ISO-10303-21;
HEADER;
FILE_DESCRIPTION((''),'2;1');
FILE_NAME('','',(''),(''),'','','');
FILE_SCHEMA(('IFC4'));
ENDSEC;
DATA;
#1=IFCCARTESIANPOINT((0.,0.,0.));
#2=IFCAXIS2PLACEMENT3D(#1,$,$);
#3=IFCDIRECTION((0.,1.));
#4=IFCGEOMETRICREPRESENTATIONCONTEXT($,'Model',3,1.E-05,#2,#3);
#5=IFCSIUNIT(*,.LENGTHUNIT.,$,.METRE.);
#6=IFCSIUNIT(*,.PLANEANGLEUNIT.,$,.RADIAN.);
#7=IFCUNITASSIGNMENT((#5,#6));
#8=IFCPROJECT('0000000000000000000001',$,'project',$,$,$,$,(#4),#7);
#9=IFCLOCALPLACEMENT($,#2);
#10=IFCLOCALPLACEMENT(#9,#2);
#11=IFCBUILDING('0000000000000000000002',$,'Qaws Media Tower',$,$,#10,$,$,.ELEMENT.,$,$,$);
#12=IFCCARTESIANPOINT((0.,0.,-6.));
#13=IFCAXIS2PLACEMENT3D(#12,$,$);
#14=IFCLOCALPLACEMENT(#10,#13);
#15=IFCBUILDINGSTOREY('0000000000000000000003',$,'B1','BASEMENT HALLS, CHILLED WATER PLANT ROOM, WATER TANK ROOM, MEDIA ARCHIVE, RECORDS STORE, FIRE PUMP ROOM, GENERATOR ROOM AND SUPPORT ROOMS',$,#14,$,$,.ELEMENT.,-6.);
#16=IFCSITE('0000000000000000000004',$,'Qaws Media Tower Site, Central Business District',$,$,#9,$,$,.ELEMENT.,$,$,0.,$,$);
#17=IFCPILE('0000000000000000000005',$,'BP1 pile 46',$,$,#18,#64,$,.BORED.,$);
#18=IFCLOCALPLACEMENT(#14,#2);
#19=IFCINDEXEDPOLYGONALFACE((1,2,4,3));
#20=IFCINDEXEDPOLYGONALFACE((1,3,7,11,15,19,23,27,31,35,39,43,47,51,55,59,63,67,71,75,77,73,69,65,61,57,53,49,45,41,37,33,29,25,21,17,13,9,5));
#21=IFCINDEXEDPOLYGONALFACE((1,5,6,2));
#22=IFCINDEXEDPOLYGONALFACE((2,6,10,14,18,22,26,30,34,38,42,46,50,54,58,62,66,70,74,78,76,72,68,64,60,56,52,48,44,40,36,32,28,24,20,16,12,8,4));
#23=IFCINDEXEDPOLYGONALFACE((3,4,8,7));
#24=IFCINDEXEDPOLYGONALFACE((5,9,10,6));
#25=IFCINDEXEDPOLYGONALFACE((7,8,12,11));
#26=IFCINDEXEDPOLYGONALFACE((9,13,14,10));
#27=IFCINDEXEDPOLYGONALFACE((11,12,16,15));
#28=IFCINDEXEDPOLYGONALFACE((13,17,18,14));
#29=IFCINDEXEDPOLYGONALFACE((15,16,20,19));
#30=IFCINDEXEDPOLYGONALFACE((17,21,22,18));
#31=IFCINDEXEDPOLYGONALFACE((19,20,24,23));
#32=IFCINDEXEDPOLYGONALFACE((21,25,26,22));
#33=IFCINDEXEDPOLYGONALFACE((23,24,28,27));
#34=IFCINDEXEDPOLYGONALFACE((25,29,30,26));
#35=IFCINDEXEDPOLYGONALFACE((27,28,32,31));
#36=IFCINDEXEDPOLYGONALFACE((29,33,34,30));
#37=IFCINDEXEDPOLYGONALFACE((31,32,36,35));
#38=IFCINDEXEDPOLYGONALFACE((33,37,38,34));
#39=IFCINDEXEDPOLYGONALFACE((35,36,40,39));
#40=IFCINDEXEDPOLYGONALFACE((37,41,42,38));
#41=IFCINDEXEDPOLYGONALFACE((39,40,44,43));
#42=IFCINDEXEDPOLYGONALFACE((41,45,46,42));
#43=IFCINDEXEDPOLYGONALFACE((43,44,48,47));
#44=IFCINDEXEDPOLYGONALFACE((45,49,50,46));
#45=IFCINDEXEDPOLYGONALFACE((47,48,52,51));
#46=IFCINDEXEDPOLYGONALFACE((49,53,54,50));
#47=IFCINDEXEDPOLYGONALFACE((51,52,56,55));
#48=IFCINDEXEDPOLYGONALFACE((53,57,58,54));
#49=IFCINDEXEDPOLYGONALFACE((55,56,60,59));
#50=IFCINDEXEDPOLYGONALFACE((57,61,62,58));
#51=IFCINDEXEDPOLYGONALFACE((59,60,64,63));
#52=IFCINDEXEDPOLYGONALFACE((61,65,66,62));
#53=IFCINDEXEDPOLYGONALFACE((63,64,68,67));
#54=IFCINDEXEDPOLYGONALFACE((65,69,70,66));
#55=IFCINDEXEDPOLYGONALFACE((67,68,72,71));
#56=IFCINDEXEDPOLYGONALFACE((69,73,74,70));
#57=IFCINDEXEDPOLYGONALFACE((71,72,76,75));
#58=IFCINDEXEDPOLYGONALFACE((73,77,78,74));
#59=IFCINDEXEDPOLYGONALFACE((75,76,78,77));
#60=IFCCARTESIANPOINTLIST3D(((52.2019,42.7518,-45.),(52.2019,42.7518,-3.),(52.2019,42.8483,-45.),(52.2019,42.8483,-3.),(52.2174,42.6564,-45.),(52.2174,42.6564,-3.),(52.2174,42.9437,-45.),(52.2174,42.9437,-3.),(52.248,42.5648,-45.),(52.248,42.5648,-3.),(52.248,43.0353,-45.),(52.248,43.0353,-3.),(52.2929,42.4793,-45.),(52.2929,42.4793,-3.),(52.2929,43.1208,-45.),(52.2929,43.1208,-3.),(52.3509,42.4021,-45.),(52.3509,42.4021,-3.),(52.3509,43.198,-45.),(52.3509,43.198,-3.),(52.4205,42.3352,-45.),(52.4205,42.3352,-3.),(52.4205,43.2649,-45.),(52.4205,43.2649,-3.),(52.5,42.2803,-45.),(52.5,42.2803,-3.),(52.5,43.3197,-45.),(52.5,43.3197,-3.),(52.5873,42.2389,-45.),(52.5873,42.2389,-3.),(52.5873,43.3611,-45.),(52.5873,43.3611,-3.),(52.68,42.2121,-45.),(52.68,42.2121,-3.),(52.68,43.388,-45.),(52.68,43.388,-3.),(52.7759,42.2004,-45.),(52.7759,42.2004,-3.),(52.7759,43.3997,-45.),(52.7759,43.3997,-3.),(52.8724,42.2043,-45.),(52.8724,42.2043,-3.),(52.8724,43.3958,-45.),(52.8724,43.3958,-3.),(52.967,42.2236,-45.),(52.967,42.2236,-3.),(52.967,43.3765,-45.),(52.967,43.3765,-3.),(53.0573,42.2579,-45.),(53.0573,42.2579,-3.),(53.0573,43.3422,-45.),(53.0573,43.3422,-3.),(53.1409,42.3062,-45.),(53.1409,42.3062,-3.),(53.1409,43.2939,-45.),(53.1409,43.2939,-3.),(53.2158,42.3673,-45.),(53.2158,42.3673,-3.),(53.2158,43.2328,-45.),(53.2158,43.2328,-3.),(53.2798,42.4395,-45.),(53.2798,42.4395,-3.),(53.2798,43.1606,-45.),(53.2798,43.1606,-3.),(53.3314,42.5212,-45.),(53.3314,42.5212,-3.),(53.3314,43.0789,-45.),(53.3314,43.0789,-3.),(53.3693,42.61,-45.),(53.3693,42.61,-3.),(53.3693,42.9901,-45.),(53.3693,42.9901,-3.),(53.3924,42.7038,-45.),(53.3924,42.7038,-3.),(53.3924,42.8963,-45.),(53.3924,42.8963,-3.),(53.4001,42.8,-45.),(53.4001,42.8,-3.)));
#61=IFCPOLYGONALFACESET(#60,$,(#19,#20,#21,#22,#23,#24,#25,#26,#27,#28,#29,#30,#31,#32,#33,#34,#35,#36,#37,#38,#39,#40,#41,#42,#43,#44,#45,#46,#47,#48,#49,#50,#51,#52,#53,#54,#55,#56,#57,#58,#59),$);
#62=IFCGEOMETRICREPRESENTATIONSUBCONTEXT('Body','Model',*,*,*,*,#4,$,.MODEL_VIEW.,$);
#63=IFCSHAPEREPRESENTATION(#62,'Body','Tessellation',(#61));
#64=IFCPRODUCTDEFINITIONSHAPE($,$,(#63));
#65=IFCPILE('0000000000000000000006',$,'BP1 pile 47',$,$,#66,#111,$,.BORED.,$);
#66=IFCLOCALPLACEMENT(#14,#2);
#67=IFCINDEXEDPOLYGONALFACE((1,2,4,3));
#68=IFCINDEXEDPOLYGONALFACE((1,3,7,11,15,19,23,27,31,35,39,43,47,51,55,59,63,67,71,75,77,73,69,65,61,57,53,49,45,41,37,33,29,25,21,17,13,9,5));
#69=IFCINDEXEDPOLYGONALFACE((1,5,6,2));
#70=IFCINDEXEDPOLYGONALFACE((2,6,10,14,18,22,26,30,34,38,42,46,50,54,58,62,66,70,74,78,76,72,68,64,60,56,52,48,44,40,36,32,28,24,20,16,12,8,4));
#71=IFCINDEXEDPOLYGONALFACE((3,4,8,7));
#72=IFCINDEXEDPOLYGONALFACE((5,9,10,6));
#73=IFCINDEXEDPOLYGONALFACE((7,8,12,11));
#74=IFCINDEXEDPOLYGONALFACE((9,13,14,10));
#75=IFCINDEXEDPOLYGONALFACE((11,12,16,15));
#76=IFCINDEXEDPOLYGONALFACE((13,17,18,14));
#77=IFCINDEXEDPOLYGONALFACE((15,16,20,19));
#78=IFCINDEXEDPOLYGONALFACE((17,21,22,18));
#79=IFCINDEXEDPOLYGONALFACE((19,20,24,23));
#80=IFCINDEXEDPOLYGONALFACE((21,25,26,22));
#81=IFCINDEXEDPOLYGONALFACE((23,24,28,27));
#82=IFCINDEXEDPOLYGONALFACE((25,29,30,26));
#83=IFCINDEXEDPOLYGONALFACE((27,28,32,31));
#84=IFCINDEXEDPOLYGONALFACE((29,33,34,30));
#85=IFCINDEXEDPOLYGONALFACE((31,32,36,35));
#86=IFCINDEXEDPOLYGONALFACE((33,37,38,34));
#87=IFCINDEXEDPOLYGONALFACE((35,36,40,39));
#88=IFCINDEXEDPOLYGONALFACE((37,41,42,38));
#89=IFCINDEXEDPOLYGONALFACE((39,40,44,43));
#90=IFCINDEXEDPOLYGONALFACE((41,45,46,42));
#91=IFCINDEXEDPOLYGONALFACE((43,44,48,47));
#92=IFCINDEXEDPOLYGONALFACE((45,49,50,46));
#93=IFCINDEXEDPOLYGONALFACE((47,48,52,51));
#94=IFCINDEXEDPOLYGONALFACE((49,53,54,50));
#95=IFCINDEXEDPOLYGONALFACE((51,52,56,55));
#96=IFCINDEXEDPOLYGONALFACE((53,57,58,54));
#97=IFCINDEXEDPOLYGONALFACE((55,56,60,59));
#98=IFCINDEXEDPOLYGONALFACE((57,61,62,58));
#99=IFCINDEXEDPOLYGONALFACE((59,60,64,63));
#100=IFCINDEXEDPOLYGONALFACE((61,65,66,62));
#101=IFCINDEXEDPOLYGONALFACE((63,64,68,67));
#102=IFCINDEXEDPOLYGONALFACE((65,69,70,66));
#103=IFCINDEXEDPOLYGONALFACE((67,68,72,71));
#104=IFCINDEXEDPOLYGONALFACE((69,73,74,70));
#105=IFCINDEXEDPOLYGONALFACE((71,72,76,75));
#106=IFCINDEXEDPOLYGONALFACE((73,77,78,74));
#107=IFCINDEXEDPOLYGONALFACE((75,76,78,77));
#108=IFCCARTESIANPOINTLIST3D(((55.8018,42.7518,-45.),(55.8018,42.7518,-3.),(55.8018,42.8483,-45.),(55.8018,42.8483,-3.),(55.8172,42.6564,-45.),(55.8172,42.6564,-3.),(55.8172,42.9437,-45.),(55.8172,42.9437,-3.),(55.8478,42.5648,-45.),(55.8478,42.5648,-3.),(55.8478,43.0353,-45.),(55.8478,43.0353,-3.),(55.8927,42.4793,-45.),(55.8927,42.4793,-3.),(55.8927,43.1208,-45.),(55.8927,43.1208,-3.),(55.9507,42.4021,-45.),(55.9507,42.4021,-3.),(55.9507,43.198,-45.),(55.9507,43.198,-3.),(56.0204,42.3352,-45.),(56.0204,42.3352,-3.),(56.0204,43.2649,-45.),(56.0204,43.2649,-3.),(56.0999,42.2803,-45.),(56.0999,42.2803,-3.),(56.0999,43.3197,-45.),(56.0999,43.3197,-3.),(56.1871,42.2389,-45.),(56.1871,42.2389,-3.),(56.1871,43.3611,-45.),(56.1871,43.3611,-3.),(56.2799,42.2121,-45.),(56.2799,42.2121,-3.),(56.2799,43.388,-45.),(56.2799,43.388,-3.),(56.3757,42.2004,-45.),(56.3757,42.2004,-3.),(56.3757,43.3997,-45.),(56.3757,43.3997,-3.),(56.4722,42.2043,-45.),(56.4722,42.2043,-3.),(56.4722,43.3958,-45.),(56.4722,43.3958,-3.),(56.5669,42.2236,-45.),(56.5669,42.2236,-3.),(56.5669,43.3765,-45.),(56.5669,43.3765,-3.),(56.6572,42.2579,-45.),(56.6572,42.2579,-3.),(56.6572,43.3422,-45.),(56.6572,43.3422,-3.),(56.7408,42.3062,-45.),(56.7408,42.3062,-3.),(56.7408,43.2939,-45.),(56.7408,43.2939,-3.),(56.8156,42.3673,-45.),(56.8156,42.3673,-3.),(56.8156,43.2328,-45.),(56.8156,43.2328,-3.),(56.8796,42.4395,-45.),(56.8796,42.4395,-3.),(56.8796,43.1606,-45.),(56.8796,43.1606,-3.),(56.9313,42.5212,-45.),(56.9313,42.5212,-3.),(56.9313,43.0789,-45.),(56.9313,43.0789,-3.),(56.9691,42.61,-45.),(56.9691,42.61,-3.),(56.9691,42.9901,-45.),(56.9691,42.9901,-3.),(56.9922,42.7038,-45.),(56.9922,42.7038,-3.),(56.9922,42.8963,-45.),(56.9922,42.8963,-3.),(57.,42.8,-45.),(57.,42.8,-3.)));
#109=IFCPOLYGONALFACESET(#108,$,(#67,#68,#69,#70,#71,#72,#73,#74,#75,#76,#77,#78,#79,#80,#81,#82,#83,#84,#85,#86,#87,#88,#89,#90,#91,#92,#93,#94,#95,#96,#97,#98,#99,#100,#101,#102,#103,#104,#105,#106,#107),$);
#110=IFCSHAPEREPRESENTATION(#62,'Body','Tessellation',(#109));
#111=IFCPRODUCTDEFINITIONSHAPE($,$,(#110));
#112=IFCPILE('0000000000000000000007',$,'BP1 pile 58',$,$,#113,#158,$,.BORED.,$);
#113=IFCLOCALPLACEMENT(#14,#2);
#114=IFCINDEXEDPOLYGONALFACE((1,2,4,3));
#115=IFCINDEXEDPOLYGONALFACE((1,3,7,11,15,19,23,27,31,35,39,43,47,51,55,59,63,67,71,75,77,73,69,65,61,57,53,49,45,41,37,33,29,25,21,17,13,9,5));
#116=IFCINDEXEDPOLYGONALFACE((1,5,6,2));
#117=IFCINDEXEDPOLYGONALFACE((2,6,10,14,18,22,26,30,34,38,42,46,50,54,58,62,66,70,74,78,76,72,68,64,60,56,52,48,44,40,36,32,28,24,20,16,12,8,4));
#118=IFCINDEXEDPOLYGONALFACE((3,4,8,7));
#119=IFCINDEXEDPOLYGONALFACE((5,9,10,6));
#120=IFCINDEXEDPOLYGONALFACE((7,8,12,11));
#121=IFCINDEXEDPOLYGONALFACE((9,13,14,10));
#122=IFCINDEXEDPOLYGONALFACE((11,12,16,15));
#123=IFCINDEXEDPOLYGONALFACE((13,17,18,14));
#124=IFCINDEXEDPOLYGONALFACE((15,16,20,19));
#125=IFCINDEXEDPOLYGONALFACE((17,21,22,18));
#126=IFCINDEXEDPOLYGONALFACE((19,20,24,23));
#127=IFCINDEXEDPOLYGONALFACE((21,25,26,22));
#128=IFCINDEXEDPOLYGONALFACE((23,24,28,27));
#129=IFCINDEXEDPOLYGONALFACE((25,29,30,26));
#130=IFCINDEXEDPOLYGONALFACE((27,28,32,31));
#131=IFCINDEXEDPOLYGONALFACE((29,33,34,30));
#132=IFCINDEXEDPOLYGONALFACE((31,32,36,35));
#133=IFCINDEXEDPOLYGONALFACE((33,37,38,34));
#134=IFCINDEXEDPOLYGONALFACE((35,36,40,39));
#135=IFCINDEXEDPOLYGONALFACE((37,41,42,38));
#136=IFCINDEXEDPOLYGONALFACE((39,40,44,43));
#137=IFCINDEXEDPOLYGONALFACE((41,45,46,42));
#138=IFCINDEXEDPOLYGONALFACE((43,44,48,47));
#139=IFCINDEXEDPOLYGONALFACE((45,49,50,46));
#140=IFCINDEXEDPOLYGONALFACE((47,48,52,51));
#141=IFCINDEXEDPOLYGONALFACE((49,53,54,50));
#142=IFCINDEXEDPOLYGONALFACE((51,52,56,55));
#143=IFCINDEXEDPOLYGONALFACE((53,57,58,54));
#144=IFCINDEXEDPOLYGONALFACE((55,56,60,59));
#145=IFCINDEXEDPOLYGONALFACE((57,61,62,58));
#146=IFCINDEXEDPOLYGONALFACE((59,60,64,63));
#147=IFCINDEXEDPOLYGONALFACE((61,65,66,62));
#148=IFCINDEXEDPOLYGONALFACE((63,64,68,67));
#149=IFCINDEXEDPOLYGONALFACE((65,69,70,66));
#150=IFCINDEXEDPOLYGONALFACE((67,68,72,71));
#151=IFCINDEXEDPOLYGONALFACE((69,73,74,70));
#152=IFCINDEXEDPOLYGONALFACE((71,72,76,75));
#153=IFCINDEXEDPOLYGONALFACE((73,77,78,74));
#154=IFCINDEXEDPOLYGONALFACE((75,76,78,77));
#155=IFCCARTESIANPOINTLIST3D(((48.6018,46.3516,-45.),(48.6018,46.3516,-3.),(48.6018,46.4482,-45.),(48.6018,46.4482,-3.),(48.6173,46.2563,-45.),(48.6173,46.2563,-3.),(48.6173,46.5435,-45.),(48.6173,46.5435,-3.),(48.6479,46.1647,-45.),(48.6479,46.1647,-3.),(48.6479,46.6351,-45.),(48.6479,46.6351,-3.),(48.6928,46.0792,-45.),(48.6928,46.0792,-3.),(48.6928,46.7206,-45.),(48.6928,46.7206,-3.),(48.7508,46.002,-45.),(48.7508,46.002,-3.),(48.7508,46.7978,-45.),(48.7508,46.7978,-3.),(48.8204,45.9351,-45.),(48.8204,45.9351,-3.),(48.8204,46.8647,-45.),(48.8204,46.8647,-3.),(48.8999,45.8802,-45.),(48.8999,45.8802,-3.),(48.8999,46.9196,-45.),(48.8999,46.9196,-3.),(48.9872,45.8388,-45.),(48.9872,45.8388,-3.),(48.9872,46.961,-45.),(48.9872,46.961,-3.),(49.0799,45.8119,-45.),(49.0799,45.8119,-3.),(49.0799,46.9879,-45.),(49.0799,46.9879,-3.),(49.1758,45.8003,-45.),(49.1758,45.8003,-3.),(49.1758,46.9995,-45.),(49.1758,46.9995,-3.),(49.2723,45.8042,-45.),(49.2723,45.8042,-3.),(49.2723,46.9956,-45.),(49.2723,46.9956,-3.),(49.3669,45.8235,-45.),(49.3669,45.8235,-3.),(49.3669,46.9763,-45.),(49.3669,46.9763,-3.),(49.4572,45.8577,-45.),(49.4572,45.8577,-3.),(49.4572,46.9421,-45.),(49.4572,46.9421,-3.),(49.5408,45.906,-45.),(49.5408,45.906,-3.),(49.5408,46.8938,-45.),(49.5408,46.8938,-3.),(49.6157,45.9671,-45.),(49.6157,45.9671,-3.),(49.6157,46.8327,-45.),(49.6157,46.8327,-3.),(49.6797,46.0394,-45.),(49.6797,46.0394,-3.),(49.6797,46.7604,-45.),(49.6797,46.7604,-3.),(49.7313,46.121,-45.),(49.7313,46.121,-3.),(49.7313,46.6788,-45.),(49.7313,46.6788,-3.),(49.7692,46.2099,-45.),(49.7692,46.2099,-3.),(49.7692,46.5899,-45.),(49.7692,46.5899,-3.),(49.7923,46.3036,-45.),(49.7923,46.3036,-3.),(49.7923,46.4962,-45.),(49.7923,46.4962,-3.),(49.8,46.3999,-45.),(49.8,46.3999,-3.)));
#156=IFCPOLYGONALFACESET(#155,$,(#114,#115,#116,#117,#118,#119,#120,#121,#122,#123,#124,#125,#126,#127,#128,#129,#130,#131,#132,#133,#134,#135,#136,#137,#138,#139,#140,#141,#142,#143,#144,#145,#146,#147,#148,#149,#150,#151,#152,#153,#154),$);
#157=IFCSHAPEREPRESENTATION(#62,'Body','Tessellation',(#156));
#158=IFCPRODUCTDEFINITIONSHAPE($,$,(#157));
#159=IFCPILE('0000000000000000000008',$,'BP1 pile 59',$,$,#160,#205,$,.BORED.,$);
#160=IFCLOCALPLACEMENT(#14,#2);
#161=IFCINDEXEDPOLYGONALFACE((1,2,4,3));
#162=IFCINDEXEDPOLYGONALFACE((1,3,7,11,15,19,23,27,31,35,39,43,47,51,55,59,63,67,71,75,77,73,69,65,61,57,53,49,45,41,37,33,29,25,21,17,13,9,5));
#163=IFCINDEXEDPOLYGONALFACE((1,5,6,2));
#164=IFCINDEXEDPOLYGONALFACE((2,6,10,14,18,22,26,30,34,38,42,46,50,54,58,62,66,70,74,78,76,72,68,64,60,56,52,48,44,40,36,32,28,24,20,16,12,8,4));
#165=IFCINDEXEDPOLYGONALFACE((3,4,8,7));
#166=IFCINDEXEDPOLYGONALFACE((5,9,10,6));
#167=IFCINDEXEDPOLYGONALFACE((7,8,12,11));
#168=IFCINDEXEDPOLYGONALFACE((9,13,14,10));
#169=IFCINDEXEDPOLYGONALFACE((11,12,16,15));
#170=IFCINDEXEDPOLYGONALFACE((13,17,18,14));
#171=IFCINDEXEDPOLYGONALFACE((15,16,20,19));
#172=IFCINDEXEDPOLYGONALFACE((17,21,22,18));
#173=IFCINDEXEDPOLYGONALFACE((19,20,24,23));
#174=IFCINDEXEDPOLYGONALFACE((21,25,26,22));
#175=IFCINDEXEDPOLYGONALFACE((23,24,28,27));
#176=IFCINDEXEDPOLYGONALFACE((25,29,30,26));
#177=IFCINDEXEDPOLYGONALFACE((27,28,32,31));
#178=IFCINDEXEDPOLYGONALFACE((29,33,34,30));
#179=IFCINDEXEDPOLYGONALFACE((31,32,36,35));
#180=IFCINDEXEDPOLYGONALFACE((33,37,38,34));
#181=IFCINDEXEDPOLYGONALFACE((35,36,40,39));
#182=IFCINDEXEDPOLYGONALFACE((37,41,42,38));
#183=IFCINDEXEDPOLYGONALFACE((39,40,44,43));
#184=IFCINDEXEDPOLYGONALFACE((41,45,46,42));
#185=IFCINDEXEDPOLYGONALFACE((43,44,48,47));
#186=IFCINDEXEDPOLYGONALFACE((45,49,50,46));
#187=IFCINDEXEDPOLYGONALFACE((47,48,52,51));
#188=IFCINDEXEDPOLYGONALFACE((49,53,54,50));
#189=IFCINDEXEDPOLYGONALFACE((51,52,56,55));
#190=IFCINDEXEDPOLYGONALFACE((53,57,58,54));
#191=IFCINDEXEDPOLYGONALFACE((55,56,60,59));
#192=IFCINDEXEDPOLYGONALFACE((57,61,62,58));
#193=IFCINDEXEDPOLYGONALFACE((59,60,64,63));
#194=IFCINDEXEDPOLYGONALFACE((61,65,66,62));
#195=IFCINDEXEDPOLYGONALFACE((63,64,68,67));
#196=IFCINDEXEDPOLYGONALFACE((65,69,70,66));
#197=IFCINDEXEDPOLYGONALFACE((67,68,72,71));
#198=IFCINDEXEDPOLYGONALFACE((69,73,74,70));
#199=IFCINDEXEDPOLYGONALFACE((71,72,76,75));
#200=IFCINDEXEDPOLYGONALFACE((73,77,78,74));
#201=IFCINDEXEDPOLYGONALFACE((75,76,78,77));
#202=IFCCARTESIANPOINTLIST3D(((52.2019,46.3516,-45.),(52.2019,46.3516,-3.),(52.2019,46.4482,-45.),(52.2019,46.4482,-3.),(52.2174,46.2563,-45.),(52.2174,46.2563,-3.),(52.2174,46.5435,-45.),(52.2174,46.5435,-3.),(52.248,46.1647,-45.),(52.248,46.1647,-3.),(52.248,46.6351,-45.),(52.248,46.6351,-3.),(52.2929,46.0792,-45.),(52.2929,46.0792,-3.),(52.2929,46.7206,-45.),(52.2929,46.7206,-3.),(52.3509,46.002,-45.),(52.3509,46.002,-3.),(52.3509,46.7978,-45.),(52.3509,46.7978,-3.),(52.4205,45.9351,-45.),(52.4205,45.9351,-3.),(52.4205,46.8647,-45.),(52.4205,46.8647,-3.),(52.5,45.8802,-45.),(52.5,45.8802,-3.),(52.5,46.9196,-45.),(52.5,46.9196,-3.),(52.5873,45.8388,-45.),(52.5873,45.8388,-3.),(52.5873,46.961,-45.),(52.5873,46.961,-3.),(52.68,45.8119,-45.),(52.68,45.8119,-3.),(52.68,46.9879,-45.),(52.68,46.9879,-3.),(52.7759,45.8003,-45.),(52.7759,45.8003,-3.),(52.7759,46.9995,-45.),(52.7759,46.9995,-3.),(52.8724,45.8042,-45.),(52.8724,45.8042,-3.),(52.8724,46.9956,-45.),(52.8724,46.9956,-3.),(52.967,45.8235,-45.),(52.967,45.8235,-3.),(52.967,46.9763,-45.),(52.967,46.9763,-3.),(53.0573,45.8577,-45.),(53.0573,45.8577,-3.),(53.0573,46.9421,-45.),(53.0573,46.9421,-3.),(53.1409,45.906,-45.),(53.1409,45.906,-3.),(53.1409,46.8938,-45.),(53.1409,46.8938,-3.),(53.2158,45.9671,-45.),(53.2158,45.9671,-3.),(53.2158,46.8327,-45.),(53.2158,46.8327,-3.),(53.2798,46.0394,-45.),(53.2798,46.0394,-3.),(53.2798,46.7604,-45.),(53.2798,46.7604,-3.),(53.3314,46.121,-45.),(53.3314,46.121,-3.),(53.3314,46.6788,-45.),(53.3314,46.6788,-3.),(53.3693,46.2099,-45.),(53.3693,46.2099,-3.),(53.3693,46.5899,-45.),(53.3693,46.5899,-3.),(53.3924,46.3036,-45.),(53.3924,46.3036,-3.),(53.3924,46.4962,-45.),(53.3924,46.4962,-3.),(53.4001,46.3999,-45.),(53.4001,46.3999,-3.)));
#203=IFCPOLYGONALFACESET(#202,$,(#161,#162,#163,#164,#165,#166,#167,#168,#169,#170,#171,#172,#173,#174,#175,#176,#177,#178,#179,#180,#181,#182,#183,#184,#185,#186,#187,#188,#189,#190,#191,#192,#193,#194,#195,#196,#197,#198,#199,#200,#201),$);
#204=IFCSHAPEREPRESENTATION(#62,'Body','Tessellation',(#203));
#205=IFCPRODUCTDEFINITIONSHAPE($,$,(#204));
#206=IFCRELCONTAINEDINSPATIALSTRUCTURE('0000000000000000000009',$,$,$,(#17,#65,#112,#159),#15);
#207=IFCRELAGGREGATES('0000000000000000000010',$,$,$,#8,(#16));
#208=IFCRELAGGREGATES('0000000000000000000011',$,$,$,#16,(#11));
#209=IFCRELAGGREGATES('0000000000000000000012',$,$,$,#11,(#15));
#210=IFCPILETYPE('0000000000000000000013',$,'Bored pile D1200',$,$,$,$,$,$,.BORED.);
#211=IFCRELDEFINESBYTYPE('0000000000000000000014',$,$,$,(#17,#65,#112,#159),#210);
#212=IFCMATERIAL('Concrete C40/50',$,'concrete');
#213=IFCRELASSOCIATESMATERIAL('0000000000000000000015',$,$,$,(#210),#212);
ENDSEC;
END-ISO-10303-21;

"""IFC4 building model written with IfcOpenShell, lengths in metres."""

from ifc_helpers import new_model, si_unit, direction, frame, origin, origin_2d, place, context, subcontext, project, spatial, circle, extrude, material, material_profile, profile_set, type_object, element, save


model = new_model("IFC4")

# Units and contexts
model_context = context("Model", 3, precision=1e-05, world=origin(), true_north=direction((0.0, 1.0)))
body_context = subcontext(model_context, "Body", "Model", "MODEL_VIEW")
ifc_project = project(units=[si_unit("LENGTHUNIT", "METRE"), si_unit("PLANEANGLEUNIT", "RADIAN")], contexts=[model_context])

# Site, building, storey
site_placement = place(None, origin())
site = spatial("IfcSite", under=ifc_project, at=site_placement, Name="Qaws Media Tower Site, Central Business District", CompositionType="ELEMENT", RefElevation=0.0)
building_placement = place(site_placement, origin())
building = spatial("IfcBuilding", under=site, at=building_placement, Name="Qaws Media Tower", CompositionType="ELEMENT")
storey_placement = place(building_placement, frame((0.0, 0.0, -6.0)))
storey = spatial("IfcBuildingStorey", under=building, at=storey_placement, Name="B1", Description="BASEMENT HALLS, CHILLED WATER PLANT ROOM, WATER TANK ROOM, MEDIA ARCHIVE, RECORDS STORE, FIRE PUMP ROOM, GENERATOR ROOM AND SUPPORT ROOMS", CompositionType="ELEMENT", Elevation=-6.0)

# Piles
ifc_material_1 = material(Name="Concrete C40/50", Category="concrete")
ifc_material_profile_1 = material_profile(ifc_material_1, circle(Radius=0.6001, at=origin_2d()), Name="D1200")
ifc_profile_set_1 = profile_set([ifc_material_profile_1], Name="Concrete C40/50")
pile_type = type_object("IfcPileType", Name="Bored pile D1200", PredefinedType="BORED", material=ifc_profile_set_1)
for number, where, z_axis, x_axis, name in (
    (1, (52.8, 42.8, -3.0), (0.0, 0.0, -1.0), (1.0, 0.0, 0.0), "BP1 pile 46"),
    (2, (56.3999, 42.8, -3.0), (0.0, 0.0, -1.0), (1.0, 0.0, 0.0), "BP1 pile 47"),
    (3, (49.2, 46.3999, -3.0), (0.0, 0.0, -1.0), (1.0, 0.0, 0.0), "BP1 pile 58"),
    (4, (52.8, 46.3999, -3.0), (0.0, 0.0, -1.0), (1.0, 0.0, 0.0), "BP1 pile 59"),
):
    element("IfcPile", number, at=place(storey_placement, frame(where, z_axis=z_axis, x_axis=x_axis)), inside=storey, type_object=pile_type, Name=name, PredefinedType="BORED", context=body_context, shape_type="SweptSolid", body=[
        extrude(circle(Radius=0.6001, at=origin_2d()), origin(), (0.0, 0.0, 1.0), 42.0),
    ])

save(model, "model.ifc")
